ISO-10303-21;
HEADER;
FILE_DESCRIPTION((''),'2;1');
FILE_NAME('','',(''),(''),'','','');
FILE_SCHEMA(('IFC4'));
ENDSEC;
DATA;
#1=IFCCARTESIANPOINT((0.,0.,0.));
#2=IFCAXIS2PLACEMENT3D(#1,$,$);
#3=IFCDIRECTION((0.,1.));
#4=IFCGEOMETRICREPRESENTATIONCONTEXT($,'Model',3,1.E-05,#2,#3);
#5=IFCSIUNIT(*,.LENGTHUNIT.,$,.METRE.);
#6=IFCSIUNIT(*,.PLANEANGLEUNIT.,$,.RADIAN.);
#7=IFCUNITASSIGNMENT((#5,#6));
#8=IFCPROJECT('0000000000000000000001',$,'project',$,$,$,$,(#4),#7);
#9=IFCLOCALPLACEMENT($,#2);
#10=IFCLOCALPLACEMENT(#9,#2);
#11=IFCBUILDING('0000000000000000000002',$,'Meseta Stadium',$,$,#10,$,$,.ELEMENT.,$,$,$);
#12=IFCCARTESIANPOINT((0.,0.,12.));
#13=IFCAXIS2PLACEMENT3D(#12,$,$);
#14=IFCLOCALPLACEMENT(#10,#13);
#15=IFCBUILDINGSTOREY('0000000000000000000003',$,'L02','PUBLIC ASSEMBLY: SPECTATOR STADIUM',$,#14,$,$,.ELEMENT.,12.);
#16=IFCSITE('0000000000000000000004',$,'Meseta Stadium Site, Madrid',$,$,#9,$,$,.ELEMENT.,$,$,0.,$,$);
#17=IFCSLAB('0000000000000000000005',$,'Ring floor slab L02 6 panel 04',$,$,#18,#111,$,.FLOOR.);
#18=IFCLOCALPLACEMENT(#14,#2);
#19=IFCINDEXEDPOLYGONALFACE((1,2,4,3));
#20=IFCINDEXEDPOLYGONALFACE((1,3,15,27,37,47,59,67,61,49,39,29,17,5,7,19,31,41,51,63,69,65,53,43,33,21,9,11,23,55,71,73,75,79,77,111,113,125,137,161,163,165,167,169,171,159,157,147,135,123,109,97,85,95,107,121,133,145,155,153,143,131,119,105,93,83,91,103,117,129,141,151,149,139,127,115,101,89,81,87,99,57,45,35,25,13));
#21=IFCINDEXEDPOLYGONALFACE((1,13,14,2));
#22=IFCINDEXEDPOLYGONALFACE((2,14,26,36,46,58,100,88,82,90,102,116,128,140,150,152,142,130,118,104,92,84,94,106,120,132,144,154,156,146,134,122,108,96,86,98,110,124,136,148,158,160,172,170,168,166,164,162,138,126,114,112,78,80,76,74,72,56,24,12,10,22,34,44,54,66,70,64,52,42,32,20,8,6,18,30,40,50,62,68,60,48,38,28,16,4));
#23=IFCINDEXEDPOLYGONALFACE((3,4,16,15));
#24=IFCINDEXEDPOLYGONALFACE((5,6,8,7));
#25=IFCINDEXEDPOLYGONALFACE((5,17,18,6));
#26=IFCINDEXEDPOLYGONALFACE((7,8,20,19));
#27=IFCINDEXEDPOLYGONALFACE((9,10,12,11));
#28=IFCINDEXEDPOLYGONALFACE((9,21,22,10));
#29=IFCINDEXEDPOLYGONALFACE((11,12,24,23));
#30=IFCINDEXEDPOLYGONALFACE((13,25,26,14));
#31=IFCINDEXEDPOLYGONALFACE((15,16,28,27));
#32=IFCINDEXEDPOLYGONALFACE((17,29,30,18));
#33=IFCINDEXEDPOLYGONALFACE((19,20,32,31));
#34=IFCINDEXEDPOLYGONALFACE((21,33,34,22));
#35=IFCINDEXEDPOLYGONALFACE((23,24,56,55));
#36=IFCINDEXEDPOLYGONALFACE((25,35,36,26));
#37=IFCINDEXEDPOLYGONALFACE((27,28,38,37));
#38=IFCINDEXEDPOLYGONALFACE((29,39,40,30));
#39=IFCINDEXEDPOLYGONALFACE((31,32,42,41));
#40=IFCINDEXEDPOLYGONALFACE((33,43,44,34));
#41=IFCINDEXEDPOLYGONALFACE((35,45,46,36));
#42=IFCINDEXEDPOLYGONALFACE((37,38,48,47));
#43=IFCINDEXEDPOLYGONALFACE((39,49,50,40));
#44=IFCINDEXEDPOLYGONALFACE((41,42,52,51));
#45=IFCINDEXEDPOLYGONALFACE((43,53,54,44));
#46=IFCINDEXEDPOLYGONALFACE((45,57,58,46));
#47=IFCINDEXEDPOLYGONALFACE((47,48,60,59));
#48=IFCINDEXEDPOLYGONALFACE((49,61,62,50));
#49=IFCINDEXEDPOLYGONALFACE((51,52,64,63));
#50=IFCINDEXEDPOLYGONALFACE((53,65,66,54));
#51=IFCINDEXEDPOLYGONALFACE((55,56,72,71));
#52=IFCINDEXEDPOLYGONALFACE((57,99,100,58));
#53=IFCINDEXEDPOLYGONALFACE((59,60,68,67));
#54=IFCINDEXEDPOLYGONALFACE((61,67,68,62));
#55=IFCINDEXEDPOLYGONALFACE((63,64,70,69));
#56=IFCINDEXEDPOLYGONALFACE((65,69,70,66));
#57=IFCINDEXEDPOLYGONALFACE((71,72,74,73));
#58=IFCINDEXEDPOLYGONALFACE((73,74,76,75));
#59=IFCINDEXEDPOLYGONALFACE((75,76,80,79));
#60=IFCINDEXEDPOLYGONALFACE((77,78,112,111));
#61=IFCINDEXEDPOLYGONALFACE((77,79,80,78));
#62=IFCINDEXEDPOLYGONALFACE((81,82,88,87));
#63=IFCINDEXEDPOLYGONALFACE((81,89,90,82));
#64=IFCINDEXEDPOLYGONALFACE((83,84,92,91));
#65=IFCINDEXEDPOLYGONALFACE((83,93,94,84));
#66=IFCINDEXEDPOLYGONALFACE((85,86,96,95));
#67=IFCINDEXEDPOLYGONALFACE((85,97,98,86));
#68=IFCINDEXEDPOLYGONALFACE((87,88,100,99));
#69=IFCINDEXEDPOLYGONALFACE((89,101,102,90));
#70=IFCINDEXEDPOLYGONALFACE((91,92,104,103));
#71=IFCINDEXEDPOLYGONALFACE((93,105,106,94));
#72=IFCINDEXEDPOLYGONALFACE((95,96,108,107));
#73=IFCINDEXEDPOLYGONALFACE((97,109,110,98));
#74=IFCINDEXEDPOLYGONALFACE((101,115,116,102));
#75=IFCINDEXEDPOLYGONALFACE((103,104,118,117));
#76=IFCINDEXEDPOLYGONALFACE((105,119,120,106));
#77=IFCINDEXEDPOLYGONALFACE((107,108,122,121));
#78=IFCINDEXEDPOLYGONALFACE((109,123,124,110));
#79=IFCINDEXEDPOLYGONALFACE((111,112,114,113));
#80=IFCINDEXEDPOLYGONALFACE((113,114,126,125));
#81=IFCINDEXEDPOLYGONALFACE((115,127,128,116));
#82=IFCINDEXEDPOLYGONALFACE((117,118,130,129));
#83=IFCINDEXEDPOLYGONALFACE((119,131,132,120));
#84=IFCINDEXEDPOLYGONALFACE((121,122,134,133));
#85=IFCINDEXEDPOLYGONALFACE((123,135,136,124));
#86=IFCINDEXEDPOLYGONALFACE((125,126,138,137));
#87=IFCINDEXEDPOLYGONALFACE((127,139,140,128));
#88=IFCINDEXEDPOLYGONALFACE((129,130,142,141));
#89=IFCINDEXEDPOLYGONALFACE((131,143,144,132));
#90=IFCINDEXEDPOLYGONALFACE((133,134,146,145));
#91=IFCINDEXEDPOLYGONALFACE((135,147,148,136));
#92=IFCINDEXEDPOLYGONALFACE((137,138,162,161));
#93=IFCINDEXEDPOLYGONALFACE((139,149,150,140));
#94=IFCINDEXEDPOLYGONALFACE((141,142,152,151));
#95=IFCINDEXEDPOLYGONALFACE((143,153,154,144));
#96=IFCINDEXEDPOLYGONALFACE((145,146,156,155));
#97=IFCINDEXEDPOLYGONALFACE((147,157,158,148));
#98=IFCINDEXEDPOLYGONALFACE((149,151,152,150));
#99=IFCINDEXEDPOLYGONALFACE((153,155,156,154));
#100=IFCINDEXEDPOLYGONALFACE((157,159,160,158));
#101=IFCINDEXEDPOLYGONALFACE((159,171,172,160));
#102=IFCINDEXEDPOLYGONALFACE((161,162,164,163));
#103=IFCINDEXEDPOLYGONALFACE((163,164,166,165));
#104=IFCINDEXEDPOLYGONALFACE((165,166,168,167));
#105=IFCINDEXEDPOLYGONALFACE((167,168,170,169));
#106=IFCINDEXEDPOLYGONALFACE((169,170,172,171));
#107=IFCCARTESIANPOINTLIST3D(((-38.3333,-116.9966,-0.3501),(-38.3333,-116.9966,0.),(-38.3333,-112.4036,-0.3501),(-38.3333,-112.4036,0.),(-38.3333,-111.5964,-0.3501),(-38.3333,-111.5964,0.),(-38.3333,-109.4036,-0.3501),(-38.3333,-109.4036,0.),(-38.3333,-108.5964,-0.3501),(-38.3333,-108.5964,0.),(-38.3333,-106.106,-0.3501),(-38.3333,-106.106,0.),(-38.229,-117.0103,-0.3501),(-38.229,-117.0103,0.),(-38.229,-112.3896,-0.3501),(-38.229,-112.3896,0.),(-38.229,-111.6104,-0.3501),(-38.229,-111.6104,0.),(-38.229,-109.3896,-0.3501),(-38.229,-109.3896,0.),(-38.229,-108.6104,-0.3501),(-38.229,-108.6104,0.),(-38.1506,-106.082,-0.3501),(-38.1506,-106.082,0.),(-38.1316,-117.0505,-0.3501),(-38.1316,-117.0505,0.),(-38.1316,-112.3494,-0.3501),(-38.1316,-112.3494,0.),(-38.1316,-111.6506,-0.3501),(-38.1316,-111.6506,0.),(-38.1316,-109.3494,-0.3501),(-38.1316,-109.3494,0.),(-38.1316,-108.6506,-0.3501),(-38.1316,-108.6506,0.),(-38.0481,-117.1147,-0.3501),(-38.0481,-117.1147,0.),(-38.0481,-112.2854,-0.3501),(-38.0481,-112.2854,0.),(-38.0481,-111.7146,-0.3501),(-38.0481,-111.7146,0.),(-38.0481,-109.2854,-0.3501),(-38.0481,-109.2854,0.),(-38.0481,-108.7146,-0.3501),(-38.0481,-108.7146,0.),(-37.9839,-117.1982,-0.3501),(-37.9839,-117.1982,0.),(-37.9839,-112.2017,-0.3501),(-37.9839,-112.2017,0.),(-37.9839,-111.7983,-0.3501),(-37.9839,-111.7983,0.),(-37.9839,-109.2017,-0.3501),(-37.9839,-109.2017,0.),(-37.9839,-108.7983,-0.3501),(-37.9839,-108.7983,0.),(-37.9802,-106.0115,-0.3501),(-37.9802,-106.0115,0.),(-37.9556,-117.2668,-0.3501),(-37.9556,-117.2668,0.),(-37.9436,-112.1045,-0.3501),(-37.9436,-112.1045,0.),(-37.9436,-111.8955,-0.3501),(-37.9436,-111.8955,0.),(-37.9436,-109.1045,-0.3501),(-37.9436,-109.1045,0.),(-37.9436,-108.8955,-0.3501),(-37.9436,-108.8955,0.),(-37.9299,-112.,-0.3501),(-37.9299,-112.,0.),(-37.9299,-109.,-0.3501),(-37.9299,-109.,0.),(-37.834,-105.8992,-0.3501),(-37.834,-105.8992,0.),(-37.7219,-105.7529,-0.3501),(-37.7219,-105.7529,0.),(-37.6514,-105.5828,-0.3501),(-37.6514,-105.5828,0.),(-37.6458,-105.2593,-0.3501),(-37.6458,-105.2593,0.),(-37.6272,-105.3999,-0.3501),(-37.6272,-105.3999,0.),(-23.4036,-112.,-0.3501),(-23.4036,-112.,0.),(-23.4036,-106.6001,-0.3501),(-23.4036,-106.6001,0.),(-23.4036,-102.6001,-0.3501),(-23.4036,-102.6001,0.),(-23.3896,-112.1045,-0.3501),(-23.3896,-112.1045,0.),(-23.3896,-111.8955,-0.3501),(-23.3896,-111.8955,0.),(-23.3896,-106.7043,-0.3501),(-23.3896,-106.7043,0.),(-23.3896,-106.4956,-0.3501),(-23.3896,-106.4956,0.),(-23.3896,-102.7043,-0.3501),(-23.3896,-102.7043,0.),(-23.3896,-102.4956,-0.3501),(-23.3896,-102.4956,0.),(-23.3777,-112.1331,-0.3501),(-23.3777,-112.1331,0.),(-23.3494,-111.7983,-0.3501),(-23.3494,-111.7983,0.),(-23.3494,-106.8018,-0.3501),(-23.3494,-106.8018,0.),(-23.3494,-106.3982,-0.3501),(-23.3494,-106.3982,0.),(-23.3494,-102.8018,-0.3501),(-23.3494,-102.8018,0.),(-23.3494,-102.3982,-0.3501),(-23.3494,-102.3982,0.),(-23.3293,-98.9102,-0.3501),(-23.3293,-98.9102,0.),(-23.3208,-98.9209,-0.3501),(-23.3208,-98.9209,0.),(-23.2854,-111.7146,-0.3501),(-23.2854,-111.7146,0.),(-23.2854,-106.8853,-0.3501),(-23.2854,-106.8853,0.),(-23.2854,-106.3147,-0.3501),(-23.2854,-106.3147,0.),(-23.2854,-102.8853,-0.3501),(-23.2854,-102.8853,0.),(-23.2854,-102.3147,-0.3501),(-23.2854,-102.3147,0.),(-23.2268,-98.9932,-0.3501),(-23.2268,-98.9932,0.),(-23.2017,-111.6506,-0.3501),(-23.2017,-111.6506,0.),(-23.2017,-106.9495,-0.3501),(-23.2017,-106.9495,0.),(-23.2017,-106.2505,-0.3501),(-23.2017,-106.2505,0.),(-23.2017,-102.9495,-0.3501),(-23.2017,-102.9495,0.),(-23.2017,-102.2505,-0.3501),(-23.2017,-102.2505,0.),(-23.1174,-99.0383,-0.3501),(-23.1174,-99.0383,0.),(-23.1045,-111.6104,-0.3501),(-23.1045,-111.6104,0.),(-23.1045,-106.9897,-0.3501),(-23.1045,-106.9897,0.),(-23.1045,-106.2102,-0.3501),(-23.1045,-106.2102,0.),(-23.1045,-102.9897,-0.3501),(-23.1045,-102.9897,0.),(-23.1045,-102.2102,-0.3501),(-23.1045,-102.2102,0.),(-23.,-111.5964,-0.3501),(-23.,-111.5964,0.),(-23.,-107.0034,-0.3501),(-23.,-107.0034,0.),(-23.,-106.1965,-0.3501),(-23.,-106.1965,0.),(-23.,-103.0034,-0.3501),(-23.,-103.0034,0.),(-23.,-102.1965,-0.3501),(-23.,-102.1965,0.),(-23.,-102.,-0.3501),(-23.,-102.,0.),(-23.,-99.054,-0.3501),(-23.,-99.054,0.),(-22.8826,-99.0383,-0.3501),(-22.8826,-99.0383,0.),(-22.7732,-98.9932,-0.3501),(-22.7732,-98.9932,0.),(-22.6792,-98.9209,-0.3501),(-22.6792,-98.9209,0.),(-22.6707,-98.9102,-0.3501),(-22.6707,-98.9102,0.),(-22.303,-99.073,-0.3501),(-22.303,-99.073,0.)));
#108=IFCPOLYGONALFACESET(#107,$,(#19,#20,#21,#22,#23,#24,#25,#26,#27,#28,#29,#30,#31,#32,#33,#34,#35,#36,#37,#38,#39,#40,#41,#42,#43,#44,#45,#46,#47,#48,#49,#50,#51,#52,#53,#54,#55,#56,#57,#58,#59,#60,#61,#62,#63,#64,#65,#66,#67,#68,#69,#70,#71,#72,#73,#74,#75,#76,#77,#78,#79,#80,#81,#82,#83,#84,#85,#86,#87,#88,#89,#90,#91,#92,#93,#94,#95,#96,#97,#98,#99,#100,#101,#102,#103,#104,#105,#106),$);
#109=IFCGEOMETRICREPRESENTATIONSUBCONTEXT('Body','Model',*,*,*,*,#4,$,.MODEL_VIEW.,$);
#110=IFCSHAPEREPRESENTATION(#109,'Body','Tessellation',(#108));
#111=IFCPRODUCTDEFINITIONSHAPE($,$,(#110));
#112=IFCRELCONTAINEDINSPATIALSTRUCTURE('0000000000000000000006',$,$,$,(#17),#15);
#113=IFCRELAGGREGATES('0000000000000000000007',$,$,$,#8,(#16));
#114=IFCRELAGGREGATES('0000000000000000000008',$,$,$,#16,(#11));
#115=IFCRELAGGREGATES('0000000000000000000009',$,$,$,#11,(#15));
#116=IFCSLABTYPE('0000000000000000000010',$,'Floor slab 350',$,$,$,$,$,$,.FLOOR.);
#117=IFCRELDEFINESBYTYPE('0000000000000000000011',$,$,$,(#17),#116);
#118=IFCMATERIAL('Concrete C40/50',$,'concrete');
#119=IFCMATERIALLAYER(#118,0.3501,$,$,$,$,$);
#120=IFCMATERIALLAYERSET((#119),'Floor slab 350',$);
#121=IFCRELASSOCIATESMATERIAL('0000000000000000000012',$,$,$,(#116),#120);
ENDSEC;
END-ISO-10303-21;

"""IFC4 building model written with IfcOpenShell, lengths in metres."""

from ifc_helpers import new_model, si_unit, direction, frame, origin, place, context, subcontext, project, spatial, polyline, outline, extrude, material, layer, layer_set, type_object, element, save


model = new_model("IFC4")

# Units and contexts
model_context = context("Model", 3, precision=1e-05, world=origin(), true_north=direction((0.0, 1.0)))
body_context = subcontext(model_context, "Body", "Model", "MODEL_VIEW")
ifc_project = project(units=[si_unit("LENGTHUNIT", "METRE"), si_unit("PLANEANGLEUNIT", "RADIAN")], contexts=[model_context])

# Site, building, storey
site_placement = place(None, origin())
site = spatial("IfcSite", under=ifc_project, at=site_placement, Name="Meseta Stadium Site, Madrid", CompositionType="ELEMENT", RefElevation=0.0)
building_placement = place(site_placement, origin())
building = spatial("IfcBuilding", under=site, at=building_placement, Name="Meseta Stadium", CompositionType="ELEMENT")
storey_placement = place(building_placement, frame((0.0, 0.0, 12.0)))
storey = spatial("IfcBuildingStorey", under=building, at=storey_placement, Name="L02", Description="PUBLIC ASSEMBLY: SPECTATOR STADIUM", CompositionType="ELEMENT", Elevation=12.0)

# Slab
ifc_material_1 = material(Name="Concrete C40/50", Category="concrete")
ifc_layer_1 = layer(ifc_material_1, 0.3501)
ifc_layer_set_1 = layer_set([ifc_layer_1], Name="Floor slab 350")
slab_type_1 = type_object("IfcSlabType", Name="Floor slab 350", PredefinedType="FLOOR", material=ifc_layer_set_1)
slab_1_placement = place(storey_placement, frame((0.0, 0.0, -0.3501)))
element("IfcSlab", 1, at=slab_1_placement, inside=storey, type_object=slab_type_1, Name="Ring floor slab L02 6 panel 04", PredefinedType="FLOOR", context=body_context, shape_type="SweptSolid", body=[
    extrude(outline(polyline([(-23.1045, -102.2102), (-23.0, -102.1965), (-23.0, -102.0), (-22.303, -99.073), (-22.6707, -98.9102), (-22.6792, -98.9209), (-22.7732, -98.9932), (-22.8826, -99.0383), (-23.0, -99.054), (-23.1174, -99.0383), (-23.2268, -98.9932), (-23.3208, -98.9209), (-23.3293, -98.9102), (-37.6458, -105.2593), (-37.6272, -105.3999), (-37.6514, -105.5828), (-37.7219, -105.7529), (-37.834, -105.8992), (-37.9802, -106.0115), (-38.1506, -106.082), (-38.3333, -106.106), (-38.3333, -108.5964), (-38.229, -108.6104), (-38.1316, -108.6506), (-38.0481, -108.7146), (-37.9839, -108.7983), (-37.9436, -108.8955), (-37.9299, -109.0), (-37.9436, -109.1045), (-37.9839, -109.2017), (-38.0481, -109.2854), (-38.1316, -109.3494), (-38.229, -109.3896), (-38.3333, -109.4036), (-38.3333, -111.5964), (-38.229, -111.6104), (-38.1316, -111.6506), (-38.0481, -111.7146), (-37.9839, -111.7983), (-37.9436, -111.8955), (-37.9299, -112.0), (-37.9436, -112.1045), (-37.9839, -112.2017), (-38.0481, -112.2854), (-38.1316, -112.3494), (-38.229, -112.3896), (-38.3333, -112.4036), (-38.3333, -116.9966), (-38.229, -117.0103), (-38.1316, -117.0505), (-38.0481, -117.1147), (-37.9839, -117.1982), (-37.9556, -117.2668), (-23.3777, -112.1331), (-23.3896, -112.1045), (-23.4036, -112.0), (-23.3896, -111.8955), (-23.3494, -111.7983), (-23.2854, -111.7146), (-23.2017, -111.6506), (-23.1045, -111.6104), (-23.0, -111.5964), (-23.0, -107.0034), (-23.1045, -106.9897), (-23.2017, -106.9495), (-23.2854, -106.8853), (-23.3494, -106.8018), (-23.3896, -106.7043), (-23.4036, -106.6001), (-23.3896, -106.4956), (-23.3494, -106.3982), (-23.2854, -106.3147), (-23.2017, -106.2505), (-23.1045, -106.2102), (-23.0, -106.1965), (-23.0, -103.0034), (-23.1045, -102.9897), (-23.2017, -102.9495), (-23.2854, -102.8853), (-23.3494, -102.8018), (-23.3896, -102.7043), (-23.4036, -102.6001), (-23.3896, -102.4956), (-23.3494, -102.3982), (-23.2854, -102.3147), (-23.2017, -102.2505), (-23.1045, -102.2102)])), origin(), (0.0, 0.0, 1.0), 0.3501),
])

save(model, "model.ifc")
